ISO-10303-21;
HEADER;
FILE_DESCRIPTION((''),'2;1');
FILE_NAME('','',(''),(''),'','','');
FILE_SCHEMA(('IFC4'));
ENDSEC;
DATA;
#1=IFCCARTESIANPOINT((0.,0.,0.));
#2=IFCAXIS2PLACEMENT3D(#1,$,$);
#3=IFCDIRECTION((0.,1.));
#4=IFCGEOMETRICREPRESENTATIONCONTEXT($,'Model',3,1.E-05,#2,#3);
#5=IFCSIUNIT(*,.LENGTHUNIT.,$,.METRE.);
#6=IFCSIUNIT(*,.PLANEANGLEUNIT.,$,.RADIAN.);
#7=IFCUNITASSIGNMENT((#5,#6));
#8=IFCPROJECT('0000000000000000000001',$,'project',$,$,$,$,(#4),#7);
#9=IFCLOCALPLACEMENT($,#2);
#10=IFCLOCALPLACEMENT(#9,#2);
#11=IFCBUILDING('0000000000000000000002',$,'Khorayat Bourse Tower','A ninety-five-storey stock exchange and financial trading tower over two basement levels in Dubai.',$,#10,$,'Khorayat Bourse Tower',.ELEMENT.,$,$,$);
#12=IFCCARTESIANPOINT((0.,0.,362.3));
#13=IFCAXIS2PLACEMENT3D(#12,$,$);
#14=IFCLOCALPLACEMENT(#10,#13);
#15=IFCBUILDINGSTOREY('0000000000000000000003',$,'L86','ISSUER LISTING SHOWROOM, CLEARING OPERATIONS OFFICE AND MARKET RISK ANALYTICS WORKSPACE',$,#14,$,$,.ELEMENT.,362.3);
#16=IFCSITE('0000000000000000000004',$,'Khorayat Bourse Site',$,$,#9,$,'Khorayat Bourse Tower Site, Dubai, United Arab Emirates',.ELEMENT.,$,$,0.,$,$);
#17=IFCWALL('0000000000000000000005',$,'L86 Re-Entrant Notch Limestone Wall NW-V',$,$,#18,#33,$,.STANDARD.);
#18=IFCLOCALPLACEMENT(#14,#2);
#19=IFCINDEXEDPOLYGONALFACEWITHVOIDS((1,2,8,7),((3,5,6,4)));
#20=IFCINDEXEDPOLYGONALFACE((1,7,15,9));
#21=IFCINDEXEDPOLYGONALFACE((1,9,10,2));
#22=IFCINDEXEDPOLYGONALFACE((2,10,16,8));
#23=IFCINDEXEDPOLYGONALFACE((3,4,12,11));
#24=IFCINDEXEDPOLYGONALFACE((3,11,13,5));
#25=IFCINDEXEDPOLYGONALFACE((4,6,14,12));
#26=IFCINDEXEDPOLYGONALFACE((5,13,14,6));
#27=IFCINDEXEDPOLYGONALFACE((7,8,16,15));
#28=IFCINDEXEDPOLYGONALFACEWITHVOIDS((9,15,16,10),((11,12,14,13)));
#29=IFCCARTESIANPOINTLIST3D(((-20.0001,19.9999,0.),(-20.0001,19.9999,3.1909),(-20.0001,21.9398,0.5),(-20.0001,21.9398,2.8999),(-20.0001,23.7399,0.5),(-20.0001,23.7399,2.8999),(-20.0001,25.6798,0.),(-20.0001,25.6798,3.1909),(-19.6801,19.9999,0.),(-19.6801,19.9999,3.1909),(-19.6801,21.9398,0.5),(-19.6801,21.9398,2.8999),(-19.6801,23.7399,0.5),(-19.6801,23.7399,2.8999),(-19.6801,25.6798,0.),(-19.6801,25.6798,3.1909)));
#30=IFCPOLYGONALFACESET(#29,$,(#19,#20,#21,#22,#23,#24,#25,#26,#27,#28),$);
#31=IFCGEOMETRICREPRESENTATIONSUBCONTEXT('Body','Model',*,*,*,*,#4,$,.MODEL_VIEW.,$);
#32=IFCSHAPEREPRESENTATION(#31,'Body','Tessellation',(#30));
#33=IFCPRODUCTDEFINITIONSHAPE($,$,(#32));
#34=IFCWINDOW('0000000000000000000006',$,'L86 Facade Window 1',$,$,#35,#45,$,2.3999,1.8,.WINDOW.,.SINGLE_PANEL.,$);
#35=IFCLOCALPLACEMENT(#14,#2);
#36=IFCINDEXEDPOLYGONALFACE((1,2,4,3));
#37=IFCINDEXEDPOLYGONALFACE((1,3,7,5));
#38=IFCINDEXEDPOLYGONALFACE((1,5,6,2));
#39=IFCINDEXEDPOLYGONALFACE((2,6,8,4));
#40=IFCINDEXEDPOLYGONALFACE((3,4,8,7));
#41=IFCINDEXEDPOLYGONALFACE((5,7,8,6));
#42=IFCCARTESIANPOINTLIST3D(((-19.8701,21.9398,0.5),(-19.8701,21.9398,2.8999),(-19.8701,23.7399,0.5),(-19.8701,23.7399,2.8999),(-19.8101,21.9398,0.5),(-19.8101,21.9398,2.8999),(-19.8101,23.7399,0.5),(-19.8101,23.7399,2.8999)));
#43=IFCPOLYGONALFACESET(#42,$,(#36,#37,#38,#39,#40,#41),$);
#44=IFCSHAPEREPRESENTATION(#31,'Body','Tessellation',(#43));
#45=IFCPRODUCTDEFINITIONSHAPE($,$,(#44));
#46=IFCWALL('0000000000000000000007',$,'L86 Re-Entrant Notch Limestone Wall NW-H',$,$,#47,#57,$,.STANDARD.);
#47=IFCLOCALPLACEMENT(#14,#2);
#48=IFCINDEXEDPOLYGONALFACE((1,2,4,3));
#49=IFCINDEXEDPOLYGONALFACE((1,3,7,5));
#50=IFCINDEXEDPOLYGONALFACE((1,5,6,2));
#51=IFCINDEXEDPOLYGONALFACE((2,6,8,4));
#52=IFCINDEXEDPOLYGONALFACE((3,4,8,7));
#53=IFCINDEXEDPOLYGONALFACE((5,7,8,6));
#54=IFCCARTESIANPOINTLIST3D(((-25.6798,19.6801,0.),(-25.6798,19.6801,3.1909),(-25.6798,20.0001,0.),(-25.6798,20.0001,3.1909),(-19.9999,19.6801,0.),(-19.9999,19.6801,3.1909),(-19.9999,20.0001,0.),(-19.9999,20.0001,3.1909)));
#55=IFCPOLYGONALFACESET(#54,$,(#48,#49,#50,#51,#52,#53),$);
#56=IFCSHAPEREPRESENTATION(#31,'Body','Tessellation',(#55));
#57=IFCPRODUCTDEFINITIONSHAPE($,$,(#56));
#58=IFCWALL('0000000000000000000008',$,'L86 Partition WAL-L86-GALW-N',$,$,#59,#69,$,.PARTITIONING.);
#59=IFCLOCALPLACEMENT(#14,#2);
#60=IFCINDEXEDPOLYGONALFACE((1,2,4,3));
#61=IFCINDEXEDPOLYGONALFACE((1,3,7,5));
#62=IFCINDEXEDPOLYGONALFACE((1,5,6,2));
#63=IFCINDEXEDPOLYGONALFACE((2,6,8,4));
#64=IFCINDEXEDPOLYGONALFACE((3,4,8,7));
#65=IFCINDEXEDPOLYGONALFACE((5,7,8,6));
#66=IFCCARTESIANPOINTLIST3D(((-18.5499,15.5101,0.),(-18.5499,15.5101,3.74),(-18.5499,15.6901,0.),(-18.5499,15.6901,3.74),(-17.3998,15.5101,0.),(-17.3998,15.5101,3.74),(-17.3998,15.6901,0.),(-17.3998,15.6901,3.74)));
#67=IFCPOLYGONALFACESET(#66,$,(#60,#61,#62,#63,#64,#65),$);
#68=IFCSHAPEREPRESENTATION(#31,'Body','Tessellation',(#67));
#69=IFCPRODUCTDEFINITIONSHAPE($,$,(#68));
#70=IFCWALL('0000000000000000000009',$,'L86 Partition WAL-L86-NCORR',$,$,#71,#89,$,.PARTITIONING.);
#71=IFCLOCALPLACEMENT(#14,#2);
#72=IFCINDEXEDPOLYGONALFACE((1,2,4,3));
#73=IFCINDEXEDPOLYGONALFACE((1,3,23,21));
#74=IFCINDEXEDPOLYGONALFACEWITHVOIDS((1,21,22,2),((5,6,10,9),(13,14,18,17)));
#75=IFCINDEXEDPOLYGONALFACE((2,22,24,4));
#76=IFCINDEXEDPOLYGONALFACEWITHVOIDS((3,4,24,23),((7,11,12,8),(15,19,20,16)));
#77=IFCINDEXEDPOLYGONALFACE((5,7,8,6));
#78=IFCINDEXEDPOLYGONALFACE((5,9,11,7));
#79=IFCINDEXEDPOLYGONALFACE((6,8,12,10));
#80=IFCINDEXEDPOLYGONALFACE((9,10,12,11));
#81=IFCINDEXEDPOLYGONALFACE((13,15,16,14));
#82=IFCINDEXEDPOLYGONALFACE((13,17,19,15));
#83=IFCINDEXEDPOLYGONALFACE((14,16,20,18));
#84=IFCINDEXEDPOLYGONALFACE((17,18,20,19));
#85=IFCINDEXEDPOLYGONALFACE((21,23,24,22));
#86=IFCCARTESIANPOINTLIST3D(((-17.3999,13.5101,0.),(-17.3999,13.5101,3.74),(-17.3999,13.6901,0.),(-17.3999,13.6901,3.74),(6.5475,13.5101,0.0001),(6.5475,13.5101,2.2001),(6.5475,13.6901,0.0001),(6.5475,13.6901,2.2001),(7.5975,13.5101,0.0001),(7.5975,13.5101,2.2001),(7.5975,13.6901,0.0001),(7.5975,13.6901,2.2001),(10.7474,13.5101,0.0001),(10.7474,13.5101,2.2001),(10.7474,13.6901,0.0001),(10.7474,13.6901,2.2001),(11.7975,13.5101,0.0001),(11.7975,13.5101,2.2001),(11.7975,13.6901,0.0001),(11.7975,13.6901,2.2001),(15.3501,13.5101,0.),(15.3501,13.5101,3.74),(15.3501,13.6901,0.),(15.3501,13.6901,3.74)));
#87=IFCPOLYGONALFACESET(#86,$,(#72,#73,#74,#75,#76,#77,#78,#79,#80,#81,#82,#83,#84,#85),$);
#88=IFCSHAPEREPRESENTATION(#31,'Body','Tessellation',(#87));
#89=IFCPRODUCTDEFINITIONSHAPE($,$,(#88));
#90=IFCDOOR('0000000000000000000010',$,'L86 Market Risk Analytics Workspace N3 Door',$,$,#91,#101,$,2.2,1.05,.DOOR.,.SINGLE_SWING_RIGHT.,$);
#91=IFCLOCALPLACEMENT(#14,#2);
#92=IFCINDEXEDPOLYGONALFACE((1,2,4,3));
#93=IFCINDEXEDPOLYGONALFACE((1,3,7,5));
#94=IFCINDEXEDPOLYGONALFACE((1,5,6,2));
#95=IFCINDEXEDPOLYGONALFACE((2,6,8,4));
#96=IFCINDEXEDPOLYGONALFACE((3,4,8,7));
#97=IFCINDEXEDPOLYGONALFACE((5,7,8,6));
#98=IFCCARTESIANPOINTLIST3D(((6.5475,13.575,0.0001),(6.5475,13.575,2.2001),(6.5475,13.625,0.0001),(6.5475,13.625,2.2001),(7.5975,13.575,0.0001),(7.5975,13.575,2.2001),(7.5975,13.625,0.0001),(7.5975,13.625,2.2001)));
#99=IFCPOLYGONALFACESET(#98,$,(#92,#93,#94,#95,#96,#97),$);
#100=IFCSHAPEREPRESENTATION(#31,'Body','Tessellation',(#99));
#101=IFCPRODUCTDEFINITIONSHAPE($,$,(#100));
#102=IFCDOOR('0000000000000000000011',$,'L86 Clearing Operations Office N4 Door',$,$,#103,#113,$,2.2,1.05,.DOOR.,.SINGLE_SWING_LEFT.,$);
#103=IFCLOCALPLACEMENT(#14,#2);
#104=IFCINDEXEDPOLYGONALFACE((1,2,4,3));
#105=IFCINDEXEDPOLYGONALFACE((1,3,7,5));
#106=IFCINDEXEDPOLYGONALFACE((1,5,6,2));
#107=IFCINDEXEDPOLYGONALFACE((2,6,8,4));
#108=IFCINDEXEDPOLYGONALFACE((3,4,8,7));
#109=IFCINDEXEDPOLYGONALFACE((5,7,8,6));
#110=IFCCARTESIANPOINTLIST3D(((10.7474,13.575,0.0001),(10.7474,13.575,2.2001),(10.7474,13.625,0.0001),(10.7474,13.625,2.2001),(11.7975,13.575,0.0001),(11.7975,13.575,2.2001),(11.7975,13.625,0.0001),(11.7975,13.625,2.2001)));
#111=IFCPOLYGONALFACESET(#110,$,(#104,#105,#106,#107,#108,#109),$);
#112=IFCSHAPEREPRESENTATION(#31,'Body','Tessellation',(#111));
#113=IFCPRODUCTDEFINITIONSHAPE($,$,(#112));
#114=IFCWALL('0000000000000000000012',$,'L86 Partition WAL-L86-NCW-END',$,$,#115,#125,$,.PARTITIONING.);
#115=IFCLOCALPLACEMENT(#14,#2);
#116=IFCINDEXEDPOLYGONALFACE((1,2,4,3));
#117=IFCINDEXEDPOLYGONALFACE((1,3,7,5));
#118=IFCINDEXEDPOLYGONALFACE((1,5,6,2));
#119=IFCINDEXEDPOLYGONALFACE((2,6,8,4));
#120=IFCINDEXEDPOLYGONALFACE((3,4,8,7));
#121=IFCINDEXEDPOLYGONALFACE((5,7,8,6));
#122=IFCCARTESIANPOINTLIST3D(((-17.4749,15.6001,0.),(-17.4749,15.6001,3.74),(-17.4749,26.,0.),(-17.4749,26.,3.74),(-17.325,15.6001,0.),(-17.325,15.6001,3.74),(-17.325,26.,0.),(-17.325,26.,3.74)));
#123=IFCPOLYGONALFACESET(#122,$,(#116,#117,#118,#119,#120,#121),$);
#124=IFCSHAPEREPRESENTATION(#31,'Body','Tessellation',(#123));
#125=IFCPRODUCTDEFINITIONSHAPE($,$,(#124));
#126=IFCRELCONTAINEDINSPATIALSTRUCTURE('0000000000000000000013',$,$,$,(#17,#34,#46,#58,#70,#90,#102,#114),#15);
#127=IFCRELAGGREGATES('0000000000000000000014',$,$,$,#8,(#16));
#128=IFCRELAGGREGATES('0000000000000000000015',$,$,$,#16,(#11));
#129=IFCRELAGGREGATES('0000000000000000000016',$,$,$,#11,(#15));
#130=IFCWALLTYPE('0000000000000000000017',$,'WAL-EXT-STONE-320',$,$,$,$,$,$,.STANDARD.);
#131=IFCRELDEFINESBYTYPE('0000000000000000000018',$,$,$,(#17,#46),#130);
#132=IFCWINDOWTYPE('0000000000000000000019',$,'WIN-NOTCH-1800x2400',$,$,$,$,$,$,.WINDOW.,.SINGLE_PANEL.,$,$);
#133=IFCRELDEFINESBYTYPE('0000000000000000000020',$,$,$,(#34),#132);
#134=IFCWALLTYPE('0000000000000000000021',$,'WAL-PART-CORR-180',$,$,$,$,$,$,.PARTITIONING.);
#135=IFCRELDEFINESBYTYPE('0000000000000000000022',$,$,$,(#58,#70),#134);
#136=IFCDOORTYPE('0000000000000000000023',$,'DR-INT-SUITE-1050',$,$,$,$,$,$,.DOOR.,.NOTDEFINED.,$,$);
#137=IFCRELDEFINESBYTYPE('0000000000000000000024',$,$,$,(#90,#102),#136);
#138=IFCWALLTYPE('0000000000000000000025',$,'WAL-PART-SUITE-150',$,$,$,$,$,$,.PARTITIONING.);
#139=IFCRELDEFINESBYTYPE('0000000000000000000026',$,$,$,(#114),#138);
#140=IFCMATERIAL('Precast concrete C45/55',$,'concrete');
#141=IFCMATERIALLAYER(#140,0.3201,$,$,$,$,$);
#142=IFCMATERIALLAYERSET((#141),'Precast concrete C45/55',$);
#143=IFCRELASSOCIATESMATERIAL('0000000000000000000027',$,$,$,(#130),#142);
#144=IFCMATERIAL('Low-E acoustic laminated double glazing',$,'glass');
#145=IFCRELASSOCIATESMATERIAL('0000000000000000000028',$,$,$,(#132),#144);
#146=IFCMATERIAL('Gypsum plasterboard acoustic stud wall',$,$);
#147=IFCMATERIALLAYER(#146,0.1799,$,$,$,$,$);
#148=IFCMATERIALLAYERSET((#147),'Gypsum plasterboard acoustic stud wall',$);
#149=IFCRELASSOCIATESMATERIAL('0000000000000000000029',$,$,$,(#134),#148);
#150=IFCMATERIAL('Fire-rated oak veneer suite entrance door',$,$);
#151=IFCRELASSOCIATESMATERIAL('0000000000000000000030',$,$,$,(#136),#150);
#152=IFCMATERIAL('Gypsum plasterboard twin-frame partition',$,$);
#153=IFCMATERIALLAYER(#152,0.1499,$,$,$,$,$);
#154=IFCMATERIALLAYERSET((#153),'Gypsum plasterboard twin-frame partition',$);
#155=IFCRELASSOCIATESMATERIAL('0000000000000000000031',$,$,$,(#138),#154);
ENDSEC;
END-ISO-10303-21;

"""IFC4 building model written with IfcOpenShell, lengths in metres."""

from ifc_helpers import new_model, si_unit, direction, frame, frame_2d, origin, place, context, subcontext, project, spatial, rectangle, extrude, source, transform, mapped, material, layer, layer_set, type_object, element, fill, save


model = new_model("IFC4")

# Units and contexts
model_context = context("Model", 3, precision=1e-05, world=origin(), true_north=direction((0.0, 1.0)))
body_context = subcontext(model_context, "Body", "Model", "MODEL_VIEW")
ifc_project = project(units=[si_unit("LENGTHUNIT", "METRE"), si_unit("PLANEANGLEUNIT", "RADIAN")], contexts=[model_context])

# Site, building, storey
site_placement = place(None, origin())
site = spatial("IfcSite", under=ifc_project, at=site_placement, Name="Khorayat Bourse Site", LongName="Khorayat Bourse Tower Site, Dubai, United Arab Emirates", CompositionType="ELEMENT", RefElevation=0.0)
building_placement = place(site_placement, origin())
building = spatial("IfcBuilding", under=site, at=building_placement, Name="Khorayat Bourse Tower", Description="A ninety-five-storey stock exchange and financial trading tower over two basement levels in Dubai.", LongName="Khorayat Bourse Tower", CompositionType="ELEMENT")
storey_placement = place(building_placement, frame((0.0, 0.0, 362.3)))
storey = spatial("IfcBuildingStorey", under=building, at=storey_placement, Name="L86", Description="ISSUER LISTING SHOWROOM, CLEARING OPERATIONS OFFICE AND MARKET RISK ANALYTICS WORKSPACE", CompositionType="ELEMENT", Elevation=362.3)

# Wall, opening, window
ifc_material_1 = material(Name="Precast concrete C45/55", Category="concrete")
ifc_layer_1 = layer(ifc_material_1, 0.3201)
ifc_layer_set_1 = layer_set([ifc_layer_1], Name="Precast concrete C45/55")
wall_type_1 = type_object("IfcWallType", Name="WAL-EXT-STONE-320", PredefinedType="STANDARD", material=ifc_layer_set_1)
shared_shape_1 = source(origin(), body_context, "Body", "SweptSolid", [
    extrude(rectangle(XDim=5.6799, YDim=0.3201, at=frame_2d((2.8398, 0.0))), origin(), (0.0, 0.0, 1.0), 3.1909),
])
wall_1_placement = place(storey_placement, frame((-19.8401, 20.0, 0.0), z_axis=(0.0, 0.0, 1.0), x_axis=(0.0, 1.0, 0.0)))
wall_1 = element("IfcWall", 1, at=wall_1_placement, inside=storey, type_object=wall_type_1, Name="L86 Re-Entrant Notch Limestone Wall NW-V", PredefinedType="STANDARD", context=body_context, shape_type="MappedRepresentation", body=[
    mapped(shared_shape_1, transform((0.0, 0.0, 0.0), scale=1.0)),
])
shared_shape_2 = source(origin(), body_context, "Body", "SweptSolid", [
    extrude(rectangle(XDim=1.8, YDim=2.3999, at=frame_2d((0.8999, 1.2))), frame((0.0, 0.1699, 0.0), z_axis=(0.0, -1.0, 0.0), x_axis=(1.0, 0.0, 0.0)), (0.0, 0.0, 1.0), 0.3401),
])
opening_1_placement = place(wall_1_placement, frame((1.9399, 0.0, 0.5)))
opening_1 = element("IfcOpeningElement", 2, at=opening_1_placement, cuts=wall_1, PredefinedType="OPENING", context=body_context, shape_type="MappedRepresentation", body=[
    mapped(shared_shape_2, transform((0.0, 0.0, 0.0), scale=1.0)),
])
ifc_material_2 = material(Name="Low-E acoustic laminated double glazing", Category="glass")
window_type = type_object("IfcWindowType", Name="WIN-NOTCH-1800x2400", PartitioningType="SINGLE_PANEL", PredefinedType="WINDOW", material=ifc_material_2)
shared_shape_3 = source(origin(), body_context, "Body", "SweptSolid", [
    extrude(rectangle(XDim=1.8, YDim=2.3999, at=frame_2d((0.8999, 1.2))), frame((0.0, 0.03, 0.0), z_axis=(0.0, -1.0, 0.0), x_axis=(1.0, 0.0, 0.0)), (0.0, 0.0, 1.0), 0.0601),
])
window_placement = place(opening_1_placement, origin())
window = element("IfcWindow", 3, at=window_placement, inside=storey, type_object=window_type, Name="L86 Facade Window 1", OverallHeight=2.3999, OverallWidth=1.8, PartitioningType="SINGLE_PANEL", PredefinedType="WINDOW", context=body_context, shape_type="MappedRepresentation", body=[
    mapped(shared_shape_3, transform((0.0, 0.0, 0.0), scale=1.0)),
])
fill(opening_1, window)

# Walls
wall_2_placement = place(storey_placement, frame((-20.0, 19.8401, 0.0), z_axis=(0.0, 0.0, 1.0), x_axis=(-1.0, 0.0, 0.0)))
element("IfcWall", 4, at=wall_2_placement, inside=storey, type_object=wall_type_1, Name="L86 Re-Entrant Notch Limestone Wall NW-H", PredefinedType="STANDARD", context=body_context, shape_type="MappedRepresentation", body=[
    mapped(shared_shape_1, transform((0.0, 0.0, 0.0), scale=1.0)),
])
ifc_material_3 = material(Name="Gypsum plasterboard acoustic stud wall")
ifc_layer_2 = layer(ifc_material_3, 0.1799)
ifc_layer_set_2 = layer_set([ifc_layer_2], Name="Gypsum plasterboard acoustic stud wall")
wall_type_2 = type_object("IfcWallType", Name="WAL-PART-CORR-180", PredefinedType="PARTITIONING", material=ifc_layer_set_2)
shared_shape_4 = source(origin(), body_context, "Body", "SweptSolid", [
    extrude(rectangle(XDim=1.1501, YDim=0.1799, at=frame_2d((0.5752, 0.0))), origin(), (0.0, 0.0, 1.0), 3.74),
])
wall_3_placement = place(storey_placement, frame((-18.55, 15.6001, 0.0), z_axis=(0.0, 0.0, 1.0), x_axis=(1.0, 0.0, 0.0)))
element("IfcWall", 5, at=wall_3_placement, inside=storey, type_object=wall_type_2, Name="L86 Partition WAL-L86-GALW-N", PredefinedType="PARTITIONING", context=body_context, shape_type="MappedRepresentation", body=[
    mapped(shared_shape_4, transform((0.0, 0.0, 0.0), scale=1.0)),
])

# Wall, openings, doors
shared_shape_5 = source(origin(), body_context, "Body", "SweptSolid", [
    extrude(rectangle(XDim=32.75, YDim=0.1799, at=frame_2d((16.375, 0.0))), origin(), (0.0, 0.0, 1.0), 3.74),
])
wall_4_placement = place(storey_placement, frame((-17.3999, 13.6001, 0.0), z_axis=(0.0, 0.0, 1.0), x_axis=(1.0, 0.0, 0.0)))
wall_4 = element("IfcWall", 6, at=wall_4_placement, inside=storey, type_object=wall_type_2, Name="L86 Partition WAL-L86-NCORR", PredefinedType="PARTITIONING", context=body_context, shape_type="MappedRepresentation", body=[
    mapped(shared_shape_5, transform((0.0, 0.0, 0.0), scale=1.0)),
])
shared_shape_6 = source(origin(), body_context, "Body", "SweptSolid", [
    extrude(rectangle(XDim=1.05, YDim=2.2, at=frame_2d((0.5249, 1.1001))), frame((0.0, 0.0999, 0.0), z_axis=(0.0, -1.0, 0.0), x_axis=(1.0, 0.0, 0.0)), (0.0, 0.0, 1.0), 0.2),
])
opening_2_placement = place(wall_4_placement, frame((23.9475, 0.0, 0.0)))
opening_2 = element("IfcOpeningElement", 7, at=opening_2_placement, cuts=wall_4, PredefinedType="OPENING", context=body_context, shape_type="MappedRepresentation", body=[
    mapped(shared_shape_6, transform((0.0, 0.0, 0.0), scale=1.0)),
])
opening_3_placement = place(wall_4_placement, frame((28.1475, 0.0, 0.0)))
opening_3 = element("IfcOpeningElement", 8, at=opening_3_placement, cuts=wall_4, PredefinedType="OPENING", context=body_context, shape_type="MappedRepresentation", body=[
    mapped(shared_shape_6, transform((0.0, 0.0, 0.0), scale=1.0)),
])
ifc_material_4 = material(Name="Fire-rated oak veneer suite entrance door")
door_type = type_object("IfcDoorType", Name="DR-INT-SUITE-1050", OperationType="NOTDEFINED", PredefinedType="DOOR", material=ifc_material_4)
shared_shape_7 = source(origin(), body_context, "Body", "SweptSolid", [
    extrude(rectangle(XDim=1.05, YDim=2.2, at=frame_2d((0.5249, 1.1001))), frame((0.0, 0.0249, 0.0), z_axis=(0.0, -1.0, 0.0), x_axis=(1.0, 0.0, 0.0)), (0.0, 0.0, 1.0), 0.05),
])
door_1_placement = place(opening_2_placement, origin())
door_1 = element("IfcDoor", 9, at=door_1_placement, inside=storey, type_object=door_type, Name="L86 Market Risk Analytics Workspace N3 Door", OperationType="SINGLE_SWING_RIGHT", OverallHeight=2.2, OverallWidth=1.05, PredefinedType="DOOR", context=body_context, shape_type="MappedRepresentation", body=[
    mapped(shared_shape_7, transform((0.0, 0.0, 0.0), scale=1.0)),
])
fill(opening_2, door_1)
door_2_placement = place(opening_3_placement, origin())
door_2 = element("IfcDoor", 10, at=door_2_placement, inside=storey, type_object=door_type, Name="L86 Clearing Operations Office N4 Door", OperationType="SINGLE_SWING_LEFT", OverallHeight=2.2, OverallWidth=1.05, PredefinedType="DOOR", context=body_context, shape_type="MappedRepresentation", body=[
    mapped(shared_shape_7, transform((0.0, 0.0, 0.0), scale=1.0)),
])
fill(opening_3, door_2)

# Wall
ifc_material_5 = material(Name="Gypsum plasterboard twin-frame partition")
ifc_layer_3 = layer(ifc_material_5, 0.1499)
ifc_layer_set_3 = layer_set([ifc_layer_3], Name="Gypsum plasterboard twin-frame partition")
wall_type_3 = type_object("IfcWallType", Name="WAL-PART-SUITE-150", PredefinedType="PARTITIONING", material=ifc_layer_set_3)
shared_shape_8 = source(origin(), body_context, "Body", "SweptSolid", [
    extrude(rectangle(XDim=10.3999, YDim=0.1499, at=frame_2d((5.2, 0.0))), origin(), (0.0, 0.0, 1.0), 3.74),
])
wall_5_placement = place(storey_placement, frame((-17.3999, 15.6001, 0.0), z_axis=(0.0, 0.0, 1.0), x_axis=(0.0, 1.0, 0.0)))
element("IfcWall", 11, at=wall_5_placement, inside=storey, type_object=wall_type_3, Name="L86 Partition WAL-L86-NCW-END", PredefinedType="PARTITIONING", context=body_context, shape_type="MappedRepresentation", body=[
    mapped(shared_shape_8, transform((0.0, 0.0, 0.0), scale=1.0)),
])

save(model, "model.ifc")
